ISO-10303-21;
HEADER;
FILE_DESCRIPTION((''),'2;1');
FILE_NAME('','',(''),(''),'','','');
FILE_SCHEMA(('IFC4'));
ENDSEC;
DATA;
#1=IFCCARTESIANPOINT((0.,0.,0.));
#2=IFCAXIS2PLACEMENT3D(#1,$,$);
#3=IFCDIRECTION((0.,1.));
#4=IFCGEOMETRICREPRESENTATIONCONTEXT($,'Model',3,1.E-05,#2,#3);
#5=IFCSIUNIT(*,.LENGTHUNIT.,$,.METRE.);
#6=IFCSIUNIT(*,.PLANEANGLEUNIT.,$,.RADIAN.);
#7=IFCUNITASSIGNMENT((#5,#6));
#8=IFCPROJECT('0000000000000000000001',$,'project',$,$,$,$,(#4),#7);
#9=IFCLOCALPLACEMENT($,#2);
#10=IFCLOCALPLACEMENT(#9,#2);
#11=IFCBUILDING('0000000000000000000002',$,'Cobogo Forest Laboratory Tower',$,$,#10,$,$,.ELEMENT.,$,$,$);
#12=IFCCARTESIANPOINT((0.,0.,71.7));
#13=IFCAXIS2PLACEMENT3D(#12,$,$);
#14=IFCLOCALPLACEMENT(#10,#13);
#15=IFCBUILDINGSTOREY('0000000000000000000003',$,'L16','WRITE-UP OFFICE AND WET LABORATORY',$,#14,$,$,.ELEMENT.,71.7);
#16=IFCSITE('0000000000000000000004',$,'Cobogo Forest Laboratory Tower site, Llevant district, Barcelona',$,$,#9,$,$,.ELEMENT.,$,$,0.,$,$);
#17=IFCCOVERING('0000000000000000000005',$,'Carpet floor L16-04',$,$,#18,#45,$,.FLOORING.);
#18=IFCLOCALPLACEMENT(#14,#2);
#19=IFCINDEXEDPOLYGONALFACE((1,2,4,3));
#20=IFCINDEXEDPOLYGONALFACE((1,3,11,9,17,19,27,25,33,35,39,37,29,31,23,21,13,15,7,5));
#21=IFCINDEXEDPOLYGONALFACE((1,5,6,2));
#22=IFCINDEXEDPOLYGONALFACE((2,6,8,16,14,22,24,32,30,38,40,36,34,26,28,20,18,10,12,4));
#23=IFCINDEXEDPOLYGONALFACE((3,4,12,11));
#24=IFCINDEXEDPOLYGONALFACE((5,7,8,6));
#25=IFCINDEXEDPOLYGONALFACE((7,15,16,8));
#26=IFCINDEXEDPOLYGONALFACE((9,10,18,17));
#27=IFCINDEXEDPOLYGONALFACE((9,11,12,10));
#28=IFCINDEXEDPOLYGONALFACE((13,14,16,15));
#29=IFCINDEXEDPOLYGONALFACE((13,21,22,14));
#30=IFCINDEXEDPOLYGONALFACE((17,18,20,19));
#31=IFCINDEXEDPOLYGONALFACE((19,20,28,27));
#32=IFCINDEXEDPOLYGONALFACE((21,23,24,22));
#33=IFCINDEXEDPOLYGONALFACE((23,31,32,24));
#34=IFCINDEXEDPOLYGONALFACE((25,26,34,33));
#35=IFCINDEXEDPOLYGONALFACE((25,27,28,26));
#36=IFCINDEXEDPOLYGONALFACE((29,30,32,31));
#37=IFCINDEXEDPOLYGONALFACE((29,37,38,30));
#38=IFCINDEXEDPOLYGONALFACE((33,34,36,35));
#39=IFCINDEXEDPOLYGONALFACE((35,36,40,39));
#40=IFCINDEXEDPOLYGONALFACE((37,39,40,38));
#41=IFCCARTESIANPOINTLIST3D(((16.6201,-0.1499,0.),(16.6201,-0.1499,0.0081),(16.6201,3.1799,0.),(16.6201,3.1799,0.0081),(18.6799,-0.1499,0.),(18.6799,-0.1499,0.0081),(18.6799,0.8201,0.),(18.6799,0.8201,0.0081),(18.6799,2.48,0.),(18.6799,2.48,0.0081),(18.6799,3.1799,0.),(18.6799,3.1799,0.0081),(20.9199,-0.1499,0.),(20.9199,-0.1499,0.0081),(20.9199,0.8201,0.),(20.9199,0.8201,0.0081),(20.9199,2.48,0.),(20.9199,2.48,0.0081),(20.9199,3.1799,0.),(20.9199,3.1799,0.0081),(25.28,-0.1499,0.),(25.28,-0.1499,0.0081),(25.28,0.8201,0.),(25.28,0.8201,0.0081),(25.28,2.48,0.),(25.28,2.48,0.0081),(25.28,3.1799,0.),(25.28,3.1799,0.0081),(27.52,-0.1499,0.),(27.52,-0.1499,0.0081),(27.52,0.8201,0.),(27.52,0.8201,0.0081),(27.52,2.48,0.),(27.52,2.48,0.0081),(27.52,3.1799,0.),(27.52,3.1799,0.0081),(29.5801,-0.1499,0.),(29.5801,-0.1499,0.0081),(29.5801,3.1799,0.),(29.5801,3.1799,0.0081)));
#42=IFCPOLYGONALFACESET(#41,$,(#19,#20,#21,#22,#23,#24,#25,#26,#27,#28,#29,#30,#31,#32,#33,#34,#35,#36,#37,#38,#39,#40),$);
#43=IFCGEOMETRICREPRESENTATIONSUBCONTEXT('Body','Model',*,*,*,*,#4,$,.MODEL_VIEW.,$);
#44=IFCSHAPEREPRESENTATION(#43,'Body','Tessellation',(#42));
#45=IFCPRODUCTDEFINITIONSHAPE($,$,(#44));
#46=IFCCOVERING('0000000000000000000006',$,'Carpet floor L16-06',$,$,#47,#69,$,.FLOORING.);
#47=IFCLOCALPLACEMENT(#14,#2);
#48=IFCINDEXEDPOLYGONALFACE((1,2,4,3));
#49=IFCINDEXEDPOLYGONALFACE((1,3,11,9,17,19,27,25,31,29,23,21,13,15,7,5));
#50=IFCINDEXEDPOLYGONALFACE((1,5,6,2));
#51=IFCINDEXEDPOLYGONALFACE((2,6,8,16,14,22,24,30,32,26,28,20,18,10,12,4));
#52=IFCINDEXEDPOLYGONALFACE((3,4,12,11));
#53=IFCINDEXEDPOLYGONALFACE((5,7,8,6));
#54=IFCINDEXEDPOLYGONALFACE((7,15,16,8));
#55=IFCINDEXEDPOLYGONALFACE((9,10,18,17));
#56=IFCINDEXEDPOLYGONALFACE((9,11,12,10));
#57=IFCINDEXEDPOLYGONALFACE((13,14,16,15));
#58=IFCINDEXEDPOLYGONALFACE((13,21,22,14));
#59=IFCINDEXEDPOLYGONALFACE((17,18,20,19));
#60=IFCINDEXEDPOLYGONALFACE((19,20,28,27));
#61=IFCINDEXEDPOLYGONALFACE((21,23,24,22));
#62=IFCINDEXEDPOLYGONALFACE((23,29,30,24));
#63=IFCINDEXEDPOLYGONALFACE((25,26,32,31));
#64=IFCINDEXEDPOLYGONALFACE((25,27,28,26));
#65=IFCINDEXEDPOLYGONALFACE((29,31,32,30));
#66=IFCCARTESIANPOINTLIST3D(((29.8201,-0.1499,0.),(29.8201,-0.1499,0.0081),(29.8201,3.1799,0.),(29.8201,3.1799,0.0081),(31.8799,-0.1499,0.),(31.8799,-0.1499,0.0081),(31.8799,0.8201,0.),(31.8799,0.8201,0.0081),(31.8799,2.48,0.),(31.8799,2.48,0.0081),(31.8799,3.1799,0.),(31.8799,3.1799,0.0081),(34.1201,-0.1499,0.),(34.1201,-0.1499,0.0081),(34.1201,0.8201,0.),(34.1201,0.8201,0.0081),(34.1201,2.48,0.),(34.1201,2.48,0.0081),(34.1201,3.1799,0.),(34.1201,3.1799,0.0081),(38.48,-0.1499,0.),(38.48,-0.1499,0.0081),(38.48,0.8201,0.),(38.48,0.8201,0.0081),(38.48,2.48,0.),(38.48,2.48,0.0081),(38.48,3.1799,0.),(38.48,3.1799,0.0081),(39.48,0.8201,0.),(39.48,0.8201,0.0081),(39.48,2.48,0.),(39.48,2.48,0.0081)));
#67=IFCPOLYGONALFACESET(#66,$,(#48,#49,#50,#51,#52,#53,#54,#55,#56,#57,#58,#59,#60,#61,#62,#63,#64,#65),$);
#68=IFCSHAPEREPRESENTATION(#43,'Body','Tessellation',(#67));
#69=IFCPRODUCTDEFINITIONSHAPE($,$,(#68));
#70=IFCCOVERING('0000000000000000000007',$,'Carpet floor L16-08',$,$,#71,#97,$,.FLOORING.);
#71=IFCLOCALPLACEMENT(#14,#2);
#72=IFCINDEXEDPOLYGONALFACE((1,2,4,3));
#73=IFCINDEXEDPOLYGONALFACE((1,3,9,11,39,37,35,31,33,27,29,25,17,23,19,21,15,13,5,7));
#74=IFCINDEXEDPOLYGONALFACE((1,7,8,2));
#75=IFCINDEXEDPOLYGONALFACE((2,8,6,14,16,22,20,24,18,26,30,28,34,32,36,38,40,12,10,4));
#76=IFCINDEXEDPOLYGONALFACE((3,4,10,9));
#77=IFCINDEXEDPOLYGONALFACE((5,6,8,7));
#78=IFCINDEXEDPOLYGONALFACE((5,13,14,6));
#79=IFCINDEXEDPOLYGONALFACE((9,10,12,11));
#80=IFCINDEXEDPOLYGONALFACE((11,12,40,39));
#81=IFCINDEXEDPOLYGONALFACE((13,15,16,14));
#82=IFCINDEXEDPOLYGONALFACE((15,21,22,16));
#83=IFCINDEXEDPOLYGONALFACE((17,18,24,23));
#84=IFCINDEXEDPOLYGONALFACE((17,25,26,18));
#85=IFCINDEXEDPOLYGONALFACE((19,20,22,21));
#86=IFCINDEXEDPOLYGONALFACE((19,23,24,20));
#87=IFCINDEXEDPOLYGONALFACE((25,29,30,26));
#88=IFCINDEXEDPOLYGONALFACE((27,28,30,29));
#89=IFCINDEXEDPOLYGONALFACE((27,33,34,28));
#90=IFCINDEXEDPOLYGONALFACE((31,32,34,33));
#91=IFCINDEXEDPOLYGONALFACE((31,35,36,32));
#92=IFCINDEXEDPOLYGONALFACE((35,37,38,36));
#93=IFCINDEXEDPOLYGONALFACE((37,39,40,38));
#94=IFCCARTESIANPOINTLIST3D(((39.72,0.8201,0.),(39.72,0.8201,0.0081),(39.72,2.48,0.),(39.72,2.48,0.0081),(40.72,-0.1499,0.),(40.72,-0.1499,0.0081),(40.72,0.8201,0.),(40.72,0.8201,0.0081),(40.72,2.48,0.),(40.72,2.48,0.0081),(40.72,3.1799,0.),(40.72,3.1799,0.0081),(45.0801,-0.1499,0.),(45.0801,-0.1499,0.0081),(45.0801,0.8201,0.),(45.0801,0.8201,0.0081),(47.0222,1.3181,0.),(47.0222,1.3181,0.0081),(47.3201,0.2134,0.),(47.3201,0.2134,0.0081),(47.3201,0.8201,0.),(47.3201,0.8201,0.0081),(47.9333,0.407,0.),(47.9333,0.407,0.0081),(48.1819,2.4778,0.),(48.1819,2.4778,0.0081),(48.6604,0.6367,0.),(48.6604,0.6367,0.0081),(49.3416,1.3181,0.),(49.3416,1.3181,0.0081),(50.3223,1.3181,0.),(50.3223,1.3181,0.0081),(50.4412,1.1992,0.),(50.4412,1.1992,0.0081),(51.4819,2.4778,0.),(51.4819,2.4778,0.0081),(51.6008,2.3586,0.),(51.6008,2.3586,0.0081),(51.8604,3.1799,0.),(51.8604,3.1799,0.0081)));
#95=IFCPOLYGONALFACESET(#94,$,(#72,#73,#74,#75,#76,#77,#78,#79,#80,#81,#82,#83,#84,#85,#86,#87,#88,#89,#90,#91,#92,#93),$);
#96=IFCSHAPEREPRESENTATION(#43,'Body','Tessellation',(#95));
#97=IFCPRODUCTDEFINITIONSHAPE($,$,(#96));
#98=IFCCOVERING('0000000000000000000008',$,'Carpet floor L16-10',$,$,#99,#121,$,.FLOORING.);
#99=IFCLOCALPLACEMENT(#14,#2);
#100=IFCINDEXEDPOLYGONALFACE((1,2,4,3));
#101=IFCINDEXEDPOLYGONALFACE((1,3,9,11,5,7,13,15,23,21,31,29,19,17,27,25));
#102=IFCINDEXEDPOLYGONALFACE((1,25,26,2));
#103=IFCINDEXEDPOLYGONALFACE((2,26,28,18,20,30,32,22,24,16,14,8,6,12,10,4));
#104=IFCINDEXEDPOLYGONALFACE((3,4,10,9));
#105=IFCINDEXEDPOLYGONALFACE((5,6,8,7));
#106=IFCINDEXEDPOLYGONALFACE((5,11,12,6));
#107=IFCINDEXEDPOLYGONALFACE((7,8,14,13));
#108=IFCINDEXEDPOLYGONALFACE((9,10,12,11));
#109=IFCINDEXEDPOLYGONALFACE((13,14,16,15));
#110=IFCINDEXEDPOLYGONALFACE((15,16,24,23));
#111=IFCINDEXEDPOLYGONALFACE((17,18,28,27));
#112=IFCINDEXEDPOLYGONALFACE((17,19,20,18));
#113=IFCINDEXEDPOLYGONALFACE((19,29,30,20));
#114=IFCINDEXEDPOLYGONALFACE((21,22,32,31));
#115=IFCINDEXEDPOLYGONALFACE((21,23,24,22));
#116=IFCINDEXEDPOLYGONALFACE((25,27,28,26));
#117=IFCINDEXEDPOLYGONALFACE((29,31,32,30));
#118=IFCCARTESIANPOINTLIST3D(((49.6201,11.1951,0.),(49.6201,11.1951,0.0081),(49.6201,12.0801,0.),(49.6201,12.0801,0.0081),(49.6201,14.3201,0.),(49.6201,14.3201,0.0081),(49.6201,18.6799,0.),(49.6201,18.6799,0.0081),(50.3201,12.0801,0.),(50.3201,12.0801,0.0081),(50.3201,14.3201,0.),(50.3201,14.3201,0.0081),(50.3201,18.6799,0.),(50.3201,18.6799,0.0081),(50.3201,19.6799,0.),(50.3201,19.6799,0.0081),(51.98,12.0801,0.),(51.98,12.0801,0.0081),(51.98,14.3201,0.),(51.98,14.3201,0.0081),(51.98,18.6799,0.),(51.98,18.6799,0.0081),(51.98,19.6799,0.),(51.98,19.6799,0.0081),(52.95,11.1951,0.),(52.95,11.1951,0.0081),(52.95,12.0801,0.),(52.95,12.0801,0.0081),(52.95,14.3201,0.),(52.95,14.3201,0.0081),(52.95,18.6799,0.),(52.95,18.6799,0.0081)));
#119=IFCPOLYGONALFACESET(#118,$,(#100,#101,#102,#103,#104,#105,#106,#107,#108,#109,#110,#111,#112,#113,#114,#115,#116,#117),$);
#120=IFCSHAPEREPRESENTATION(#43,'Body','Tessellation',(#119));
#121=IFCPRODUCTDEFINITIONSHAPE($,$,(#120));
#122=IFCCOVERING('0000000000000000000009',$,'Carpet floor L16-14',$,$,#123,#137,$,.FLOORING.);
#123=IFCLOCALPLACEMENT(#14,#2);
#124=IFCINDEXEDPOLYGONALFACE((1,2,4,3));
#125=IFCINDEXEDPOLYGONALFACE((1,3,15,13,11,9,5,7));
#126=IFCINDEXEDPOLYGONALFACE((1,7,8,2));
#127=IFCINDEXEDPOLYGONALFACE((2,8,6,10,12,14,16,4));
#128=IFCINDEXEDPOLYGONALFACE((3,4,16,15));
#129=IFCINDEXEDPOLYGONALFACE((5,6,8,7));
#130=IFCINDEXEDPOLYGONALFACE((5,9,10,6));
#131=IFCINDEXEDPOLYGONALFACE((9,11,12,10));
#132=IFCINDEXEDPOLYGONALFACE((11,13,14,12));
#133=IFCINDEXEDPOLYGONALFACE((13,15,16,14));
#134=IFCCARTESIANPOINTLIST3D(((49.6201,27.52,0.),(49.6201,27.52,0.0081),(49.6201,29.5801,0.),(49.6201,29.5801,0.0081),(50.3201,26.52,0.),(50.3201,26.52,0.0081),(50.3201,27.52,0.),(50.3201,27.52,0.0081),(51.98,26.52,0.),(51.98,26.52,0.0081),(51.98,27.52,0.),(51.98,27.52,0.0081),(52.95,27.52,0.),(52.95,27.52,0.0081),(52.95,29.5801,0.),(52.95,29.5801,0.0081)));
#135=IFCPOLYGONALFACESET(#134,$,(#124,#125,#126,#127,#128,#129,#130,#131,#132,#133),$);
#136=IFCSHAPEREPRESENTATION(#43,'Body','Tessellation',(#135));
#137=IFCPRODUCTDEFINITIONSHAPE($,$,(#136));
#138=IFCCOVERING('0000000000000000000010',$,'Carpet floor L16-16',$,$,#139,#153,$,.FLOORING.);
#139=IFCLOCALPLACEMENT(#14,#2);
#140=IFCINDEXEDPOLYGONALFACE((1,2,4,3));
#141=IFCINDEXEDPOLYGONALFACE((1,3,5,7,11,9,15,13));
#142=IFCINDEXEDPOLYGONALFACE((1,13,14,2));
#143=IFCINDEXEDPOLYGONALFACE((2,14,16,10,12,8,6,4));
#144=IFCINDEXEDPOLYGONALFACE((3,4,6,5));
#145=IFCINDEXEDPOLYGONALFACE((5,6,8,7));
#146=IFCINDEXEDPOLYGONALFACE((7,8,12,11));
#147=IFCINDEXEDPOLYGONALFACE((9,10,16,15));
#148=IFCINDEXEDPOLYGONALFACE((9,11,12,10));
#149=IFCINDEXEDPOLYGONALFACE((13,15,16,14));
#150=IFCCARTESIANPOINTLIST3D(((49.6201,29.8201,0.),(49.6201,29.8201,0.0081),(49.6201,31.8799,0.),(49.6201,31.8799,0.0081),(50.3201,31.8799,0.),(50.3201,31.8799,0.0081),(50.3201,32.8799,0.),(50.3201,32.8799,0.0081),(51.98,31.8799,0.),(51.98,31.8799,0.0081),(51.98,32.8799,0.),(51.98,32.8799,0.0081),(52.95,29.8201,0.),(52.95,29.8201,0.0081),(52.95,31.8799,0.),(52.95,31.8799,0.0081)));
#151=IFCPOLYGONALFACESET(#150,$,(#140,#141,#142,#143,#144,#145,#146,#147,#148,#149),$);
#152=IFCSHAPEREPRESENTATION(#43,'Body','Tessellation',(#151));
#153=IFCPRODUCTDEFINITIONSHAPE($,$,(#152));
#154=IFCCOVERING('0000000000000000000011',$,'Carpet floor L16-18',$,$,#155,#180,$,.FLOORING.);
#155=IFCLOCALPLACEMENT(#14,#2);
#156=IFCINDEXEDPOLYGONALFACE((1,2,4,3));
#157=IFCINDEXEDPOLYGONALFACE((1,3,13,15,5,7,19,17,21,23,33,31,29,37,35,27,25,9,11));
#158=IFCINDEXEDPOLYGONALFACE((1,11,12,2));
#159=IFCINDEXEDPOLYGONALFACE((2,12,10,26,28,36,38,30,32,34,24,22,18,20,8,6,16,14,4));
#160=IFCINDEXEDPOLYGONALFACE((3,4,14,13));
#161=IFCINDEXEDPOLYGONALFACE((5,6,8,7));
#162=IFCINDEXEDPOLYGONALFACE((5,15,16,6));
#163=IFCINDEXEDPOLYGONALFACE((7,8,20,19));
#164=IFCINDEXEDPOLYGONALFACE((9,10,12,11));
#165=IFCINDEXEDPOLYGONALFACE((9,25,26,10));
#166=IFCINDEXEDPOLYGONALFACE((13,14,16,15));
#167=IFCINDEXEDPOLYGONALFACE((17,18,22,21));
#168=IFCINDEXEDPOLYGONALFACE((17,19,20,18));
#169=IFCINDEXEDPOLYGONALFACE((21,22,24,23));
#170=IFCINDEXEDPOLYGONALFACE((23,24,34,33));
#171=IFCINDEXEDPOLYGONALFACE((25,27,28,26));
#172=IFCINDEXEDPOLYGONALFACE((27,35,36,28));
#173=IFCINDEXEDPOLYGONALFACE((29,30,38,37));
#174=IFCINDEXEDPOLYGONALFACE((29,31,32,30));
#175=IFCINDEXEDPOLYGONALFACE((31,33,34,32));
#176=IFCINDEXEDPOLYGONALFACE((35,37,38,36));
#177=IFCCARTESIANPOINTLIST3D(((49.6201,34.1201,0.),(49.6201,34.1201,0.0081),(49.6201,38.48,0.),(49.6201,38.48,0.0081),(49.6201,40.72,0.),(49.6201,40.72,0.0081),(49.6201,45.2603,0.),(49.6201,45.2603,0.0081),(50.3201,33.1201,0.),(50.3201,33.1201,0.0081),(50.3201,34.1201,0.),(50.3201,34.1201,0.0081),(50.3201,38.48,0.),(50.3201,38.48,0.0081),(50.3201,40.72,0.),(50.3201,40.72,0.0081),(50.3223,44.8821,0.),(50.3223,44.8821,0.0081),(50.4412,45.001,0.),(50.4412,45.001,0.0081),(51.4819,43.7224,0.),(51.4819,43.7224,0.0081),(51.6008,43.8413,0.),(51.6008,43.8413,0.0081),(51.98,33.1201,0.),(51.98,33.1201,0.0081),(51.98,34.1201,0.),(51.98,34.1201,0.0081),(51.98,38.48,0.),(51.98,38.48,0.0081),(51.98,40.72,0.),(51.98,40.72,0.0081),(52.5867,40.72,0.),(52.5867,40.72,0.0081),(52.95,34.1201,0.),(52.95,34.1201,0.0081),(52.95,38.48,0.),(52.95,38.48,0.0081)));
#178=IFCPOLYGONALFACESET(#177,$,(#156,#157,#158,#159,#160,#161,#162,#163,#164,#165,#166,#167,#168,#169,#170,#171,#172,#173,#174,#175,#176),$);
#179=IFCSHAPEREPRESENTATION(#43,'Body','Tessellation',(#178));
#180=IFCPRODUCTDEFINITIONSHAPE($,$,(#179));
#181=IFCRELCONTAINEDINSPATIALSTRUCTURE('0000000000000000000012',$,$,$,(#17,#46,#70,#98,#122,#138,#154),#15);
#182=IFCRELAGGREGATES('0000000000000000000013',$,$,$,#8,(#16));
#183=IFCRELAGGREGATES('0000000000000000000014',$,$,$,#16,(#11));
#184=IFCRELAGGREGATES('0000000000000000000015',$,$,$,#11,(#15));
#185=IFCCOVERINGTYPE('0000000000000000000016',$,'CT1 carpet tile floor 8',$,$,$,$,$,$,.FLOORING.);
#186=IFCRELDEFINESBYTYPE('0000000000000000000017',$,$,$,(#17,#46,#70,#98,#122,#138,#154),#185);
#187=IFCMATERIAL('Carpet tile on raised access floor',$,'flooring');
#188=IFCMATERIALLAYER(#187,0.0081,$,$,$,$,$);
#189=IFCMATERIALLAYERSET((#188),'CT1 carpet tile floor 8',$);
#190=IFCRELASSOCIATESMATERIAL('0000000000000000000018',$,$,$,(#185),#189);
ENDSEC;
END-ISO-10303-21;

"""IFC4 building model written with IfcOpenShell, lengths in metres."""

from ifc_helpers import new_model, si_unit, direction, frame, origin, place, context, subcontext, project, spatial, polyline, outline, extrude, material, layer, layer_set, type_object, element, save


model = new_model("IFC4")

# Units and contexts
model_context = context("Model", 3, precision=1e-05, world=origin(), true_north=direction((0.0, 1.0)))
body_context = subcontext(model_context, "Body", "Model", "MODEL_VIEW")
ifc_project = project(units=[si_unit("LENGTHUNIT", "METRE"), si_unit("PLANEANGLEUNIT", "RADIAN")], contexts=[model_context])

# Site, building, storey
site_placement = place(None, origin())
site = spatial("IfcSite", under=ifc_project, at=site_placement, Name="Cobogo Forest Laboratory Tower site, Llevant district, Barcelona", CompositionType="ELEMENT", RefElevation=0.0)
building_placement = place(site_placement, origin())
building = spatial("IfcBuilding", under=site, at=building_placement, Name="Cobogo Forest Laboratory Tower", CompositionType="ELEMENT")
storey_placement = place(building_placement, frame((0.0, 0.0, 71.7)))
storey = spatial("IfcBuildingStorey", under=building, at=storey_placement, Name="L16", Description="WRITE-UP OFFICE AND WET LABORATORY", CompositionType="ELEMENT", Elevation=71.7)

# Coverings
ifc_material_1 = material(Name="Carpet tile on raised access floor", Category="flooring")
ifc_layer_1 = layer(ifc_material_1, 0.0081)
ifc_layer_set_1 = layer_set([ifc_layer_1], Name="CT1 carpet tile floor 8")
covering_type_1 = type_object("IfcCoveringType", Name="CT1 carpet tile floor 8", PredefinedType="FLOORING", material=ifc_layer_set_1)
covering_1_placement = place(storey_placement, origin())
element("IfcCovering", 1, at=covering_1_placement, inside=storey, type_object=covering_type_1, Name="Carpet floor L16-04", PredefinedType="FLOORING", context=body_context, shape_type="SweptSolid", body=[
    extrude(outline(polyline([(18.6799, 3.1799), (18.6799, 2.48), (20.9199, 2.48), (20.9199, 3.1799), (25.28, 3.1799), (25.28, 2.48), (27.52, 2.48), (27.52, 3.1799), (29.5801, 3.1799), (29.5801, -0.1499), (27.52, -0.1499), (27.52, 0.8201), (25.28, 0.8201), (25.28, -0.1499), (20.9199, -0.1499), (20.9199, 0.8201), (18.6799, 0.8201), (18.6799, -0.1499), (16.6201, -0.1499), (16.6201, 3.1799), (18.6799, 3.1799)])), origin(), (0.0, 0.0, 1.0), 0.0081),
])
covering_2_placement = place(storey_placement, origin())
element("IfcCovering", 2, at=covering_2_placement, inside=storey, type_object=covering_type_1, Name="Carpet floor L16-06", PredefinedType="FLOORING", context=body_context, shape_type="SweptSolid", body=[
    extrude(outline(polyline([(31.8799, 3.1799), (31.8799, 2.48), (34.1201, 2.48), (34.1201, 3.1799), (38.48, 3.1799), (38.48, 2.48), (39.48, 2.48), (39.48, 0.8201), (38.48, 0.8201), (38.48, -0.1499), (34.1201, -0.1499), (34.1201, 0.8201), (31.8799, 0.8201), (31.8799, -0.1499), (29.8201, -0.1499), (29.8201, 3.1799), (31.8799, 3.1799)])), origin(), (0.0, 0.0, 1.0), 0.0081),
])
covering_3_placement = place(storey_placement, origin())
element("IfcCovering", 3, at=covering_3_placement, inside=storey, type_object=covering_type_1, Name="Carpet floor L16-08", PredefinedType="FLOORING", context=body_context, shape_type="SweptSolid", body=[
    extrude(outline(polyline([(51.8604, 3.1799), (51.6008, 2.3586), (51.4819, 2.4778), (50.3223, 1.3181), (50.4412, 1.1992), (48.6604, 0.6367), (49.3416, 1.3181), (48.1819, 2.4778), (47.0222, 1.3181), (47.9333, 0.407), (47.3201, 0.2134), (47.3201, 0.8201), (45.0801, 0.8201), (45.0801, -0.1499), (40.72, -0.1499), (40.72, 0.8201), (39.72, 0.8201), (39.72, 2.48), (40.72, 2.48), (40.72, 3.1799), (51.8604, 3.1799)])), origin(), (0.0, 0.0, 1.0), 0.0081),
])
covering_4_placement = place(storey_placement, origin())
element("IfcCovering", 4, at=covering_4_placement, inside=storey, type_object=covering_type_1, Name="Carpet floor L16-10", PredefinedType="FLOORING", context=body_context, shape_type="SweptSolid", body=[
    extrude(outline(polyline([(49.6201, 12.0801), (50.3201, 12.0801), (50.3201, 14.3201), (49.6201, 14.3201), (49.6201, 18.6799), (50.3201, 18.6799), (50.3201, 19.6799), (51.98, 19.6799), (51.98, 18.6799), (52.95, 18.6799), (52.95, 14.3201), (51.98, 14.3201), (51.98, 12.0801), (52.95, 12.0801), (52.95, 11.1951), (49.6201, 11.1951), (49.6201, 12.0801)])), origin(), (0.0, 0.0, 1.0), 0.0081),
])
covering_5_placement = place(storey_placement, origin())
element("IfcCovering", 5, at=covering_5_placement, inside=storey, type_object=covering_type_1, Name="Carpet floor L16-14", PredefinedType="FLOORING", context=body_context, shape_type="SweptSolid", body=[
    extrude(outline(polyline([(49.6201, 29.5801), (52.95, 29.5801), (52.95, 27.52), (51.98, 27.52), (51.98, 26.52), (50.3201, 26.52), (50.3201, 27.52), (49.6201, 27.52), (49.6201, 29.5801)])), origin(), (0.0, 0.0, 1.0), 0.0081),
])
covering_6_placement = place(storey_placement, origin())
element("IfcCovering", 6, at=covering_6_placement, inside=storey, type_object=covering_type_1, Name="Carpet floor L16-16", PredefinedType="FLOORING", context=body_context, shape_type="SweptSolid", body=[
    extrude(outline(polyline([(49.6201, 31.8799), (50.3201, 31.8799), (50.3201, 32.8799), (51.98, 32.8799), (51.98, 31.8799), (52.95, 31.8799), (52.95, 29.8201), (49.6201, 29.8201), (49.6201, 31.8799)])), origin(), (0.0, 0.0, 1.0), 0.0081),
])
covering_7_placement = place(storey_placement, origin())
element("IfcCovering", 7, at=covering_7_placement, inside=storey, type_object=covering_type_1, Name="Carpet floor L16-18", PredefinedType="FLOORING", context=body_context, shape_type="SweptSolid", body=[
    extrude(outline(polyline([(49.6201, 38.48), (50.3201, 38.48), (50.3201, 40.72), (49.6201, 40.72), (49.6201, 45.2603), (50.4412, 45.001), (50.3223, 44.8821), (51.4819, 43.7224), (51.6008, 43.8413), (52.5867, 40.72), (51.98, 40.72), (51.98, 38.48), (52.95, 38.48), (52.95, 34.1201), (51.98, 34.1201), (51.98, 33.1201), (50.3201, 33.1201), (50.3201, 34.1201), (49.6201, 34.1201), (49.6201, 38.48)])), origin(), (0.0, 0.0, 1.0), 0.0081),
])

save(model, "model.ifc")
